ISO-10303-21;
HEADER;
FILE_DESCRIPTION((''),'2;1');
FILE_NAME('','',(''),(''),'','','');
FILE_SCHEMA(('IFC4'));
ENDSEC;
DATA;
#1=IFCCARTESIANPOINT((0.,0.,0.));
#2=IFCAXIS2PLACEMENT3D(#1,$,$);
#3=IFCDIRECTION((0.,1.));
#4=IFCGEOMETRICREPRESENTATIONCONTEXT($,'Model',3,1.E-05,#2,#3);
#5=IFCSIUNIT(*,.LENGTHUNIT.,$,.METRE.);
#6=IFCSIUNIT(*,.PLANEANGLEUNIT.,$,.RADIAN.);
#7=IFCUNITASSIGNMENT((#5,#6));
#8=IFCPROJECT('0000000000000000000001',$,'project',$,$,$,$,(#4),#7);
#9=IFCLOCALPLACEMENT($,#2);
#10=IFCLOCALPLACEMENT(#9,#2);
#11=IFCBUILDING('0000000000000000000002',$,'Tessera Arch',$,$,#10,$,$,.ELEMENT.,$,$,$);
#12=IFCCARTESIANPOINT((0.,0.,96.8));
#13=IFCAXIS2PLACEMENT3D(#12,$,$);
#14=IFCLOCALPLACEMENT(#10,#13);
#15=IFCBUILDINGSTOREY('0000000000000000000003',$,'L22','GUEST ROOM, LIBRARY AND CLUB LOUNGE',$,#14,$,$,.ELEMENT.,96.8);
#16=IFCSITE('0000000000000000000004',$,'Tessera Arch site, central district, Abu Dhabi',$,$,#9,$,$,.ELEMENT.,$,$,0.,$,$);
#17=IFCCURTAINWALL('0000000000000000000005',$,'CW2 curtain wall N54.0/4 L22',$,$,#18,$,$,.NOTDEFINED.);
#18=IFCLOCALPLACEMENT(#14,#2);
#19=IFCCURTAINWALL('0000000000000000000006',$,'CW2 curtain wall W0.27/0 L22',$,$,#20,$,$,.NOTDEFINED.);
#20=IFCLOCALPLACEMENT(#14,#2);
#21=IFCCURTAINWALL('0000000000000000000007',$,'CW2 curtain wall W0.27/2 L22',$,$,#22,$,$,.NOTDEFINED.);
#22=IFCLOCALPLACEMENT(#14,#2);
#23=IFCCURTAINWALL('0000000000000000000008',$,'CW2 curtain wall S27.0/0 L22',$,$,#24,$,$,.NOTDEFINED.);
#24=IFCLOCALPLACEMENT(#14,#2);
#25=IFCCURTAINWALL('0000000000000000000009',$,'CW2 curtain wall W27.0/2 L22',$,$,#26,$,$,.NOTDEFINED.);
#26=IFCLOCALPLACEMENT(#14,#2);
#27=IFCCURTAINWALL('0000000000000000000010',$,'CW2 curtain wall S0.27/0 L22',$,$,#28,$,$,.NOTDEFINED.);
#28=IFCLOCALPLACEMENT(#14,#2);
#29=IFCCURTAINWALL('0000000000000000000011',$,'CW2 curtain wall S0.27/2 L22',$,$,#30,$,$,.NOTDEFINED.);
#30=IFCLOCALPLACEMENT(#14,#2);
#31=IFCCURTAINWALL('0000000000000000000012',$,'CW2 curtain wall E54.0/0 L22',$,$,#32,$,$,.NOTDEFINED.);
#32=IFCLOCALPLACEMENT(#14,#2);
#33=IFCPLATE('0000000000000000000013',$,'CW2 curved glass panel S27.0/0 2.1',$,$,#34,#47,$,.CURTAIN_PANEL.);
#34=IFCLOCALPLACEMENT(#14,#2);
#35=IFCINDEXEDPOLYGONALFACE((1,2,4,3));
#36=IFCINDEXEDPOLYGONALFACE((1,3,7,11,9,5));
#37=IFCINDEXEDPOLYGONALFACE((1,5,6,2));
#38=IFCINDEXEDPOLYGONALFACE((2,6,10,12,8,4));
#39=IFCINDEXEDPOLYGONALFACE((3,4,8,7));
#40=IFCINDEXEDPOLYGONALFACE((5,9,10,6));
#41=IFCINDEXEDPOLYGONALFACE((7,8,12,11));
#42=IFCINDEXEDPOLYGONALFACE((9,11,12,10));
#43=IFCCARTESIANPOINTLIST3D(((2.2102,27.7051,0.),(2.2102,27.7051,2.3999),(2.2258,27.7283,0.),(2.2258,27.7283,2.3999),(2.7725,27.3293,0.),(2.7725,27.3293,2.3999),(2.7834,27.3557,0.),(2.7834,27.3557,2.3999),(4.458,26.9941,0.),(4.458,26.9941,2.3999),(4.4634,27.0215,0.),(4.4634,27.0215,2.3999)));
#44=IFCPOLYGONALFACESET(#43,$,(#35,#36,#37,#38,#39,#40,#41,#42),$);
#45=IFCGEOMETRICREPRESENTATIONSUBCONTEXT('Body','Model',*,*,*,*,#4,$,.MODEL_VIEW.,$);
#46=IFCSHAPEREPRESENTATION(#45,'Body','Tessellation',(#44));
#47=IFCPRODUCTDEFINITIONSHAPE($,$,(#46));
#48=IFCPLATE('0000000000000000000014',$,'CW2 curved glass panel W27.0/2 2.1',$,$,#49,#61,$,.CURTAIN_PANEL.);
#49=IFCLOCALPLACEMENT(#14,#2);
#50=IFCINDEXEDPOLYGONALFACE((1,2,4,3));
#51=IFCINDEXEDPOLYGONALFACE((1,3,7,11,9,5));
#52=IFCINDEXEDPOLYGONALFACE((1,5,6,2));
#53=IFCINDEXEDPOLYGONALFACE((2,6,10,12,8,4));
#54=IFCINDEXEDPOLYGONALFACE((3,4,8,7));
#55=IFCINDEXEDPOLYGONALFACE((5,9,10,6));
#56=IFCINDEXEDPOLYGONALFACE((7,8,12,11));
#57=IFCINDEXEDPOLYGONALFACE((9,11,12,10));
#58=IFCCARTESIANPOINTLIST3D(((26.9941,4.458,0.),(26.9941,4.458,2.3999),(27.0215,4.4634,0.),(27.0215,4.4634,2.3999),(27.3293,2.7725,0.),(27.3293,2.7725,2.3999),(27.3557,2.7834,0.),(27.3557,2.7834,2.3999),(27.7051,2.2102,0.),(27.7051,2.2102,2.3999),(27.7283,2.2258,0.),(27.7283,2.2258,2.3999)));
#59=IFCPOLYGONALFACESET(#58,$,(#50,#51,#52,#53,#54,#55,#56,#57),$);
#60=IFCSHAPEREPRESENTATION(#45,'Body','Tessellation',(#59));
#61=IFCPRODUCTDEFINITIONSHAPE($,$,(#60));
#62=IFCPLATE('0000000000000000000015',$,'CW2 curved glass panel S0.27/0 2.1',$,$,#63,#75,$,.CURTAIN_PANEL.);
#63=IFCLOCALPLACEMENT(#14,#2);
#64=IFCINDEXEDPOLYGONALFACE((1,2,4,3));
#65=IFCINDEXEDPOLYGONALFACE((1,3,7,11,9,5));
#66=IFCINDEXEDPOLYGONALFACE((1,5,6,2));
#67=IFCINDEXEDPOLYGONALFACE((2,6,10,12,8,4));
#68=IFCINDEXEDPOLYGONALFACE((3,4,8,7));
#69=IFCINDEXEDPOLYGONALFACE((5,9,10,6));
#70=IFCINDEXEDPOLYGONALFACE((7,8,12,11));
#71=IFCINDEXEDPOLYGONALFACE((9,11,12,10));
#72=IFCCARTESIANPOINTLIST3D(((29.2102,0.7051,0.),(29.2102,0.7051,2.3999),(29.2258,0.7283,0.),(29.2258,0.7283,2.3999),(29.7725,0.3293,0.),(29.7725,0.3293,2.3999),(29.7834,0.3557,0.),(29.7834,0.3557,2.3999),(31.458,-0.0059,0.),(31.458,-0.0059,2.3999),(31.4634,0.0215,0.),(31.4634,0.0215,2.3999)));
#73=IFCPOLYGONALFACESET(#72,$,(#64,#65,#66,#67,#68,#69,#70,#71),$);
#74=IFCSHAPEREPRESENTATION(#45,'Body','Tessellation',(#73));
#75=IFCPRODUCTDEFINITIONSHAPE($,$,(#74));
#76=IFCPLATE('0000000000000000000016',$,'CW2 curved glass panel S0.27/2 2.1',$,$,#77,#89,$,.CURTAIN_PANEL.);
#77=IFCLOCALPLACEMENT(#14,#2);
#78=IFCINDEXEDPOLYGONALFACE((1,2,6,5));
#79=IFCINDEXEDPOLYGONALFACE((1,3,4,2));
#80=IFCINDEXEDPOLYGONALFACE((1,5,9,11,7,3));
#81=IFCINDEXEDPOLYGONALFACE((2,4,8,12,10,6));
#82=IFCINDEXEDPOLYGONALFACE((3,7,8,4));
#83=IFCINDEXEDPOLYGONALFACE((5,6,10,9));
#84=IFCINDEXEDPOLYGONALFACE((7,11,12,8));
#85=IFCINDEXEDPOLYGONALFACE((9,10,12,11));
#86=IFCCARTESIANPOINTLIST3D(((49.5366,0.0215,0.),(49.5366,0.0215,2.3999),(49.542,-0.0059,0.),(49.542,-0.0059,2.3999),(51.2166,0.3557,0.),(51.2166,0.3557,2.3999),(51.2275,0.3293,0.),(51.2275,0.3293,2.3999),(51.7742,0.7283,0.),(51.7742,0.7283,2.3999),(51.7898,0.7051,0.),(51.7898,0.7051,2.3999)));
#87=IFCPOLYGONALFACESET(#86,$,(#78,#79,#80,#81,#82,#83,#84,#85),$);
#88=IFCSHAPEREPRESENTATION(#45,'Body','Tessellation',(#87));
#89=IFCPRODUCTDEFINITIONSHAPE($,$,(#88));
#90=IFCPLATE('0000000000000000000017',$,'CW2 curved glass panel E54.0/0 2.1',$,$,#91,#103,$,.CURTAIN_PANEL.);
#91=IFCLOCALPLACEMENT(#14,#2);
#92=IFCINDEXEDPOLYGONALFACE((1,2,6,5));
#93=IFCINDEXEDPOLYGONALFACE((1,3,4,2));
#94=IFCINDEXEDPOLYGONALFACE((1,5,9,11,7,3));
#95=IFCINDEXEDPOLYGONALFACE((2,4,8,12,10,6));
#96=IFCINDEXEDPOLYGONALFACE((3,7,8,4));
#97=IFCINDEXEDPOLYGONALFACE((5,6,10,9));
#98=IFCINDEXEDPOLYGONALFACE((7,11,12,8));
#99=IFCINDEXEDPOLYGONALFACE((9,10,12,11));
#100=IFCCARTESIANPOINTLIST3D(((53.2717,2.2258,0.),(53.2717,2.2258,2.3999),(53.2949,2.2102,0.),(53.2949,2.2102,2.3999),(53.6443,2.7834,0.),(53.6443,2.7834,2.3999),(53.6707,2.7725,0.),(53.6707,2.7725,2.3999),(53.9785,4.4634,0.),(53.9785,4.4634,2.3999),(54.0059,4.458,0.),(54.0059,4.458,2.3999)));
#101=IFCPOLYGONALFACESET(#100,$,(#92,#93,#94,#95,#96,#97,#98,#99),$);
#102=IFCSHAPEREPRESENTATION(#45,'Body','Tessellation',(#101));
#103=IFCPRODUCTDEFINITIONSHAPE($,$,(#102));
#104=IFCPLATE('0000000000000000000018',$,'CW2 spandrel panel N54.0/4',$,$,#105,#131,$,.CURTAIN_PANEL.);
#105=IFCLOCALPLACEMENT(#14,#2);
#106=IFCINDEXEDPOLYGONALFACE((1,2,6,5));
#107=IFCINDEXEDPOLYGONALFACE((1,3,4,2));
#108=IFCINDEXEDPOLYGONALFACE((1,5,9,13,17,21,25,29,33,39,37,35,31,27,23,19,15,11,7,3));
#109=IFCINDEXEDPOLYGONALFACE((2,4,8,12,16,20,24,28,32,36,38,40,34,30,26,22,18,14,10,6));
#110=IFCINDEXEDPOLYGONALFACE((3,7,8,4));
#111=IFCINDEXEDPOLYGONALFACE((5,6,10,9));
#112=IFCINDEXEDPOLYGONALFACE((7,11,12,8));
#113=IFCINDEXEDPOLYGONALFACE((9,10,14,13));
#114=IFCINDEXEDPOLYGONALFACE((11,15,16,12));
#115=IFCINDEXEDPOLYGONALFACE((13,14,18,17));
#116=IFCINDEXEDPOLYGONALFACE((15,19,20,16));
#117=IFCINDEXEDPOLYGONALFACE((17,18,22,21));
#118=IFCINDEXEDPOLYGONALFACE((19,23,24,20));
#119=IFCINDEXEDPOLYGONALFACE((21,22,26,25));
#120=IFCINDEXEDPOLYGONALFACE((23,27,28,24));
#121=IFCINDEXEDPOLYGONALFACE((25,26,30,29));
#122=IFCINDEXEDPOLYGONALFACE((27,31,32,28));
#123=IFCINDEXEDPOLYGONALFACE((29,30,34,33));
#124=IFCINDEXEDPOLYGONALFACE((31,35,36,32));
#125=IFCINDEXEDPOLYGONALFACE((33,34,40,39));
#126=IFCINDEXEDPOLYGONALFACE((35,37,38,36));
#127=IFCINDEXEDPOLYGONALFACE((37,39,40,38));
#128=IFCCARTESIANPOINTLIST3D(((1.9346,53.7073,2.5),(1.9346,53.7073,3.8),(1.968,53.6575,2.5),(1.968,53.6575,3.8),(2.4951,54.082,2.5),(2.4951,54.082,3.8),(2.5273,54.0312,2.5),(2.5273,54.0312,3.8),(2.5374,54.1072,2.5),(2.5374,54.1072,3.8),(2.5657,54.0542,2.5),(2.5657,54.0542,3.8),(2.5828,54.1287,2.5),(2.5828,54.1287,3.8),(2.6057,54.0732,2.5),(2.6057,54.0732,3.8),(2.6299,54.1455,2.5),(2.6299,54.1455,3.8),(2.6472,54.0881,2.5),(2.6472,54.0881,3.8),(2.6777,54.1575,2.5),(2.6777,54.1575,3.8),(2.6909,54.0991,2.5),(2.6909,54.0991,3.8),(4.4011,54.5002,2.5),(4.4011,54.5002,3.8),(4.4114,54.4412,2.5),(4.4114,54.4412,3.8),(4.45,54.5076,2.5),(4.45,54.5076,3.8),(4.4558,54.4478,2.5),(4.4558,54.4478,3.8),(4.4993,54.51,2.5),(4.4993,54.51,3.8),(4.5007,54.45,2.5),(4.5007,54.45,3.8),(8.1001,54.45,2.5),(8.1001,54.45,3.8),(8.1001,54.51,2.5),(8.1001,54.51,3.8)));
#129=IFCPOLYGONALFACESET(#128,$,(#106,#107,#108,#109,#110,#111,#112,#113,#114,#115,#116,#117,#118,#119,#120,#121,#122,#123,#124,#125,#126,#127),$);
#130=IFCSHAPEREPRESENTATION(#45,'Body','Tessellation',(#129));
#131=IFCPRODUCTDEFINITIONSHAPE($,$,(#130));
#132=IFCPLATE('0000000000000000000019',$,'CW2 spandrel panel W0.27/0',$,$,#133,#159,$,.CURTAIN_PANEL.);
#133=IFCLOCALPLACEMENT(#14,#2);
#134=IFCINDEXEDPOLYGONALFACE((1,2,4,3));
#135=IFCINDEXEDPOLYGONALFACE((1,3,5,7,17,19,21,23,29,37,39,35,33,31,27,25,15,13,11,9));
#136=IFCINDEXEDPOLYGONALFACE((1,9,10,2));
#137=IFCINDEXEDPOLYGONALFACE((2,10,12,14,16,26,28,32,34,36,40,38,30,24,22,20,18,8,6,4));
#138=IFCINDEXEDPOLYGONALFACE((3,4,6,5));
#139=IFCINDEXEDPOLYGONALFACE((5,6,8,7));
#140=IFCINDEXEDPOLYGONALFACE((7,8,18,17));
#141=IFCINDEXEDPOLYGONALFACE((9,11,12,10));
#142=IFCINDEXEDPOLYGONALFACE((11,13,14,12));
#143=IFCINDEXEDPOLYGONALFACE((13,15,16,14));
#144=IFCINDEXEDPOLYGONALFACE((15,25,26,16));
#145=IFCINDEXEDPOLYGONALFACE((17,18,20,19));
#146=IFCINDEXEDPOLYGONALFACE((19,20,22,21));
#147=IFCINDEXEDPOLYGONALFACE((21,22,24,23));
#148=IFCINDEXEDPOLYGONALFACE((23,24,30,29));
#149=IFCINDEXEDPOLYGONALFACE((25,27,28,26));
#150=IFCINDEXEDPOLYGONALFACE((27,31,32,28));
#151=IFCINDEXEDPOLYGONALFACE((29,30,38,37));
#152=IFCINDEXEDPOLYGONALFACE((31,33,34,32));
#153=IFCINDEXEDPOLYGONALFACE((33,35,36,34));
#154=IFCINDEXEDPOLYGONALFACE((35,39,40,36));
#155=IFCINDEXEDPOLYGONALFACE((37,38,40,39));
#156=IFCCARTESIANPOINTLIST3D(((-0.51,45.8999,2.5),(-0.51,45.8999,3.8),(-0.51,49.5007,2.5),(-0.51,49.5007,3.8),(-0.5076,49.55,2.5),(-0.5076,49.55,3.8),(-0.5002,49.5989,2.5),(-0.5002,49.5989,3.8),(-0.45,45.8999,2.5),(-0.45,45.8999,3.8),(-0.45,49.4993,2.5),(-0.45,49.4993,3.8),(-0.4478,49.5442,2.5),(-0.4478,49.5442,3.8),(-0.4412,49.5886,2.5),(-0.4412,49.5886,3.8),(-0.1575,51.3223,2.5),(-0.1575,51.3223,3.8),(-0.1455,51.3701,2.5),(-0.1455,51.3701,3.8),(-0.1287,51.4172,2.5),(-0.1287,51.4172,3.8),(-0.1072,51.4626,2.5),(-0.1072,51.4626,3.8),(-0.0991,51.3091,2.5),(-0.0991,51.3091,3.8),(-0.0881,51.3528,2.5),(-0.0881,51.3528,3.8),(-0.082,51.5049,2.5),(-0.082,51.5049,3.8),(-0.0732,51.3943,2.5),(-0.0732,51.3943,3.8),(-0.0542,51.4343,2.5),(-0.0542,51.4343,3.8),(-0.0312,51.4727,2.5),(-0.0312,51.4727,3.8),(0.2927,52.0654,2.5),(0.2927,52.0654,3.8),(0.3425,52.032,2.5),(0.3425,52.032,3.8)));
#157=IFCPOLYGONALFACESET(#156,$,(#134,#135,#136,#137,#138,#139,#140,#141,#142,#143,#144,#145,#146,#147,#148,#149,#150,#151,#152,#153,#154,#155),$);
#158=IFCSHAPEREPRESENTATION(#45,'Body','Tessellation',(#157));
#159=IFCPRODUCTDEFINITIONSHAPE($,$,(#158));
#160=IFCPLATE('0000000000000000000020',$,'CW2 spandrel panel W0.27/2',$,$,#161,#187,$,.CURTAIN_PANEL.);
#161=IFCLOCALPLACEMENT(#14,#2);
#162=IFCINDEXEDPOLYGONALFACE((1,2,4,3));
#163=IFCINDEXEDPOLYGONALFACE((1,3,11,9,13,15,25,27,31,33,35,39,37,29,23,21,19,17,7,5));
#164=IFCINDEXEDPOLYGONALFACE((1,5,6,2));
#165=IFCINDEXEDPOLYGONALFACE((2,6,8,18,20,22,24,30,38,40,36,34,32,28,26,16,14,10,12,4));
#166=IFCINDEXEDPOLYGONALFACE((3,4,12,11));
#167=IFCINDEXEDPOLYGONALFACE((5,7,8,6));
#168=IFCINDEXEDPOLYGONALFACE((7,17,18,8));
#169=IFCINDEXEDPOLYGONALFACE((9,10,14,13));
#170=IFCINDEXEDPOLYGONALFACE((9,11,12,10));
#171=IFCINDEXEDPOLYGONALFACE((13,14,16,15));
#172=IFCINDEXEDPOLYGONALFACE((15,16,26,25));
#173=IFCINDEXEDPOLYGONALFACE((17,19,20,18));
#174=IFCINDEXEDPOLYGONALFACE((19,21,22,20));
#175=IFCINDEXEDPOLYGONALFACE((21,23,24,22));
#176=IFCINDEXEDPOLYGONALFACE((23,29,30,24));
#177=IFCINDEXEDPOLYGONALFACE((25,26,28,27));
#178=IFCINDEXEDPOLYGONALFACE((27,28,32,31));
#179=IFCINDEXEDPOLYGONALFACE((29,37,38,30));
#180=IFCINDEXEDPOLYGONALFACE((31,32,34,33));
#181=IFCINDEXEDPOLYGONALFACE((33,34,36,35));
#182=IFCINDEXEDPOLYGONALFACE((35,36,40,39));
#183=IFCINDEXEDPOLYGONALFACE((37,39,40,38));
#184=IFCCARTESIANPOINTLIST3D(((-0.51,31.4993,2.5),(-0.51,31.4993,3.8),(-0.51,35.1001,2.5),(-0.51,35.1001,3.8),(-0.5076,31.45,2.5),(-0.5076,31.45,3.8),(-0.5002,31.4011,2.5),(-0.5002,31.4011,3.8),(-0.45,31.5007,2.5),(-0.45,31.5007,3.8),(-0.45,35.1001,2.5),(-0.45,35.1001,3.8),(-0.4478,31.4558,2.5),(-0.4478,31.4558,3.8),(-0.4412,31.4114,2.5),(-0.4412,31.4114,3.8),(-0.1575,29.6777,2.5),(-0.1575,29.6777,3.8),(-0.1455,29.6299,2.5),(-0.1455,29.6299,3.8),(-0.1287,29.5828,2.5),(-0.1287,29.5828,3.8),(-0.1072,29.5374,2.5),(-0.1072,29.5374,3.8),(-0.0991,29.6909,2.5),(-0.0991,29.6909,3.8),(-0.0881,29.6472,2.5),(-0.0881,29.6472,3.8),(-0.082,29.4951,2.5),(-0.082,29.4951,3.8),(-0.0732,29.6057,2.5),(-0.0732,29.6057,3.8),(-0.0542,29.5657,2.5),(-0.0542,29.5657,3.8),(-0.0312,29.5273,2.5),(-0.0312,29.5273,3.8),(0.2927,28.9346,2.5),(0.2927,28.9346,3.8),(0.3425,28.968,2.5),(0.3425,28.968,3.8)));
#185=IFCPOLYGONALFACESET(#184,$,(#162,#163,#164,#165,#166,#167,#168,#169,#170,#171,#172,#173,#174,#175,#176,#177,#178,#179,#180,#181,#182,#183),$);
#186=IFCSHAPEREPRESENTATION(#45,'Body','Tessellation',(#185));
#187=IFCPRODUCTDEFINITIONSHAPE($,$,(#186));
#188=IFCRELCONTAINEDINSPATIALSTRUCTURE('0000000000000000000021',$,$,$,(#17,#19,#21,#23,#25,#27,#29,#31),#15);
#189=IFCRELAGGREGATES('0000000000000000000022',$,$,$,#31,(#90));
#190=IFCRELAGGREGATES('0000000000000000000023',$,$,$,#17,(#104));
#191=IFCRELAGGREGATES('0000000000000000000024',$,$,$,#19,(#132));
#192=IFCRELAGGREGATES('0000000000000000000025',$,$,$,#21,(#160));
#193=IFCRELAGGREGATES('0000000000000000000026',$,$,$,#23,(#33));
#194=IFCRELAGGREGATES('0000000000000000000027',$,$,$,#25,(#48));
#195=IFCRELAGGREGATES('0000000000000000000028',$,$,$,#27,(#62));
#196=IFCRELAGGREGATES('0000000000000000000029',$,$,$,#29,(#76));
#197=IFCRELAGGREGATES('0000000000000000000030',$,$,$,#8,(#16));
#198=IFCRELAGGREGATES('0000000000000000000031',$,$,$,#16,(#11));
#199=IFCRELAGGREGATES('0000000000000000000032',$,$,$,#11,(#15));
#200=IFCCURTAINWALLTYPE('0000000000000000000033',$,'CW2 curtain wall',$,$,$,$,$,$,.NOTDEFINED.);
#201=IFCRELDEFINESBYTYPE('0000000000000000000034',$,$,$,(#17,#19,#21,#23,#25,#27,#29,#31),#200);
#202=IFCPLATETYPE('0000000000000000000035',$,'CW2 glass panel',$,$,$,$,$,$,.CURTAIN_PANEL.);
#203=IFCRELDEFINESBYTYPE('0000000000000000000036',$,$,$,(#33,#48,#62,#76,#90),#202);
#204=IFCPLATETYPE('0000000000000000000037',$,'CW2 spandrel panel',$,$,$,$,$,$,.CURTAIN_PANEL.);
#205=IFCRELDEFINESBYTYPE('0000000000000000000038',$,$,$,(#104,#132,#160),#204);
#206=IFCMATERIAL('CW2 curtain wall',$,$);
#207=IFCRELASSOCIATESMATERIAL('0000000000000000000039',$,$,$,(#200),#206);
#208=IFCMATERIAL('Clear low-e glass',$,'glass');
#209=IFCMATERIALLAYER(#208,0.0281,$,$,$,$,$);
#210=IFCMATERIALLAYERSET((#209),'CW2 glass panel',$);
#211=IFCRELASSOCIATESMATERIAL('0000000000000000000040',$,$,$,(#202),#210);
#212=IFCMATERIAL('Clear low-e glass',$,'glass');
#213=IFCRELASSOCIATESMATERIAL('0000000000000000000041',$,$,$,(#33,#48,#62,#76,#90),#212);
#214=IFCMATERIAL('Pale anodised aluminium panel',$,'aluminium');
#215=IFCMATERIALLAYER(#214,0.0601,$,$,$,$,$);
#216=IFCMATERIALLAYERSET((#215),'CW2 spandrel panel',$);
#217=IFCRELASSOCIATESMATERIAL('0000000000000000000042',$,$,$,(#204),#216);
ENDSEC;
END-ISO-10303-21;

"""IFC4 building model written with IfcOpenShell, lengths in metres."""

from ifc_helpers import new_model, si_unit, direction, frame, origin, place, context, subcontext, project, spatial, polyline, outline, extrude, material, layer, layer_set, type_object, element, aggregate, save


model = new_model("IFC4")

# Units and contexts
model_context = context("Model", 3, precision=1e-05, world=origin(), true_north=direction((0.0, 1.0)))
body_context = subcontext(model_context, "Body", "Model", "MODEL_VIEW")
ifc_project = project(units=[si_unit("LENGTHUNIT", "METRE"), si_unit("PLANEANGLEUNIT", "RADIAN")], contexts=[model_context])

# Site, building, storey
site_placement = place(None, origin())
site = spatial("IfcSite", under=ifc_project, at=site_placement, Name="Tessera Arch site, central district, Abu Dhabi", CompositionType="ELEMENT", RefElevation=0.0)
building_placement = place(site_placement, origin())
building = spatial("IfcBuilding", under=site, at=building_placement, Name="Tessera Arch", CompositionType="ELEMENT")
storey_placement = place(building_placement, frame((0.0, 0.0, 96.8)))
storey = spatial("IfcBuildingStorey", under=building, at=storey_placement, Name="L22", Description="GUEST ROOM, LIBRARY AND CLUB LOUNGE", CompositionType="ELEMENT", Elevation=96.8)

# Curtain walls
ifc_material_1 = material(Name="CW2 curtain wall")
curtain_wall_type = type_object("IfcCurtainWallType", Name="CW2 curtain wall", PredefinedType="NOTDEFINED", material=ifc_material_1)
curtain_wall_1_placement = place(storey_placement, origin())
curtain_wall_1 = element("IfcCurtainWall", 1, at=curtain_wall_1_placement, inside=storey, type_object=curtain_wall_type, Name="CW2 curtain wall N54.0/4 L22", PredefinedType="NOTDEFINED")
curtain_wall_2_placement = place(storey_placement, origin())
curtain_wall_2 = element("IfcCurtainWall", 2, at=curtain_wall_2_placement, inside=storey, type_object=curtain_wall_type, Name="CW2 curtain wall W0.27/0 L22", PredefinedType="NOTDEFINED")
curtain_wall_3_placement = place(storey_placement, origin())
curtain_wall_3 = element("IfcCurtainWall", 3, at=curtain_wall_3_placement, inside=storey, type_object=curtain_wall_type, Name="CW2 curtain wall W0.27/2 L22", PredefinedType="NOTDEFINED")
curtain_wall_4_placement = place(storey_placement, origin())
curtain_wall_4 = element("IfcCurtainWall", 4, at=curtain_wall_4_placement, inside=storey, type_object=curtain_wall_type, Name="CW2 curtain wall S27.0/0 L22", PredefinedType="NOTDEFINED")
curtain_wall_5_placement = place(storey_placement, origin())
curtain_wall_5 = element("IfcCurtainWall", 5, at=curtain_wall_5_placement, inside=storey, type_object=curtain_wall_type, Name="CW2 curtain wall W27.0/2 L22", PredefinedType="NOTDEFINED")
curtain_wall_6_placement = place(storey_placement, origin())
curtain_wall_6 = element("IfcCurtainWall", 6, at=curtain_wall_6_placement, inside=storey, type_object=curtain_wall_type, Name="CW2 curtain wall S0.27/0 L22", PredefinedType="NOTDEFINED")
curtain_wall_7_placement = place(storey_placement, origin())
curtain_wall_7 = element("IfcCurtainWall", 7, at=curtain_wall_7_placement, inside=storey, type_object=curtain_wall_type, Name="CW2 curtain wall S0.27/2 L22", PredefinedType="NOTDEFINED")
curtain_wall_8_placement = place(storey_placement, origin())
curtain_wall_8 = element("IfcCurtainWall", 8, at=curtain_wall_8_placement, inside=storey, type_object=curtain_wall_type, Name="CW2 curtain wall E54.0/0 L22", PredefinedType="NOTDEFINED")

# Plates
ifc_material_2 = material(Name="Clear low-e glass", Category="glass")
ifc_material_3 = material(Name="Clear low-e glass", Category="glass")
ifc_layer_1 = layer(ifc_material_3, 0.0281)
ifc_layer_set_1 = layer_set([ifc_layer_1], Name="CW2 glass panel")
plate_type_1 = type_object("IfcPlateType", Name="CW2 glass panel", PredefinedType="CURTAIN_PANEL", material=ifc_layer_set_1)
plate_1_placement = place(storey_placement, origin())
plate_1 = element("IfcPlate", 9, at=plate_1_placement, type_object=plate_type_1, material=ifc_material_2, Name="CW2 curved glass panel S27.0/0 2.1", PredefinedType="CURTAIN_PANEL", context=body_context, shape_type="SweptSolid", body=[
    extrude(outline(polyline([(2.7834, 27.3557), (2.2258, 27.7283), (2.2102, 27.7051), (2.7725, 27.3293), (4.458, 26.9941), (4.4634, 27.0215), (2.7834, 27.3557)])), origin(), (0.0, 0.0, 1.0), 2.3999),
])
plate_2_placement = place(storey_placement, origin())
plate_2 = element("IfcPlate", 10, at=plate_2_placement, type_object=plate_type_1, material=ifc_material_2, Name="CW2 curved glass panel W27.0/2 2.1", PredefinedType="CURTAIN_PANEL", context=body_context, shape_type="SweptSolid", body=[
    extrude(outline(polyline([(27.3557, 2.7834), (27.0215, 4.4634), (26.9941, 4.458), (27.3293, 2.7725), (27.7051, 2.2102), (27.7283, 2.2258), (27.3557, 2.7834)])), origin(), (0.0, 0.0, 1.0), 2.3999),
])
plate_3_placement = place(storey_placement, origin())
plate_3 = element("IfcPlate", 11, at=plate_3_placement, type_object=plate_type_1, material=ifc_material_2, Name="CW2 curved glass panel S0.27/0 2.1", PredefinedType="CURTAIN_PANEL", context=body_context, shape_type="SweptSolid", body=[
    extrude(outline(polyline([(29.7834, 0.3557), (29.2258, 0.7283), (29.2102, 0.7051), (29.7725, 0.3293), (31.458, -0.0059), (31.4634, 0.0215), (29.7834, 0.3557)])), origin(), (0.0, 0.0, 1.0), 2.3999),
])
plate_4_placement = place(storey_placement, origin())
plate_4 = element("IfcPlate", 12, at=plate_4_placement, type_object=plate_type_1, material=ifc_material_2, Name="CW2 curved glass panel S0.27/2 2.1", PredefinedType="CURTAIN_PANEL", context=body_context, shape_type="SweptSolid", body=[
    extrude(outline(polyline([(51.2166, 0.3557), (49.5366, 0.0215), (49.542, -0.0059), (51.2275, 0.3293), (51.7898, 0.7051), (51.7742, 0.7283), (51.2166, 0.3557)])), origin(), (0.0, 0.0, 1.0), 2.3999),
])
plate_5_placement = place(storey_placement, origin())
plate_5 = element("IfcPlate", 13, at=plate_5_placement, type_object=plate_type_1, material=ifc_material_2, Name="CW2 curved glass panel E54.0/0 2.1", PredefinedType="CURTAIN_PANEL", context=body_context, shape_type="SweptSolid", body=[
    extrude(outline(polyline([(53.6443, 2.7834), (53.2717, 2.2258), (53.2949, 2.2102), (53.6707, 2.7725), (54.0059, 4.458), (53.9785, 4.4634), (53.6443, 2.7834)])), origin(), (0.0, 0.0, 1.0), 2.3999),
])
aggregate(curtain_wall_8, [plate_5])
ifc_material_4 = material(Name="Pale anodised aluminium panel", Category="aluminium")
ifc_layer_2 = layer(ifc_material_4, 0.0601)
ifc_layer_set_2 = layer_set([ifc_layer_2], Name="CW2 spandrel panel")
plate_type_2 = type_object("IfcPlateType", Name="CW2 spandrel panel", PredefinedType="CURTAIN_PANEL", material=ifc_layer_set_2)
plate_6_placement = place(storey_placement, frame((0.0, 0.0, 2.5)))
plate_6 = element("IfcPlate", 14, at=plate_6_placement, type_object=plate_type_2, Name="CW2 spandrel panel N54.0/4", PredefinedType="CURTAIN_PANEL", context=body_context, shape_type="SweptSolid", body=[
    extrude(outline(polyline([(4.5007, 54.45), (8.1001, 54.45), (8.1001, 54.51), (4.4993, 54.51), (4.45, 54.5076), (4.4011, 54.5002), (2.6777, 54.1575), (2.6299, 54.1455), (2.5828, 54.1287), (2.5374, 54.1072), (2.4951, 54.082), (1.9346, 53.7073), (1.968, 53.6575), (2.5273, 54.0312), (2.5657, 54.0542), (2.6057, 54.0732), (2.6472, 54.0881), (2.6909, 54.0991), (4.4114, 54.4412), (4.4558, 54.4478), (4.5007, 54.45)])), origin(), (0.0, 0.0, 1.0), 1.3),
])
aggregate(curtain_wall_1, [plate_6])
plate_7_placement = place(storey_placement, frame((0.0, 0.0, 2.5)))
plate_7 = element("IfcPlate", 15, at=plate_7_placement, type_object=plate_type_2, Name="CW2 spandrel panel W0.27/0", PredefinedType="CURTAIN_PANEL", context=body_context, shape_type="SweptSolid", body=[
    extrude(outline(polyline([(-0.0312, 51.4727), (0.3425, 52.032), (0.2927, 52.0654), (-0.082, 51.5049), (-0.1072, 51.4626), (-0.1287, 51.4172), (-0.1455, 51.3701), (-0.1575, 51.3223), (-0.5002, 49.5989), (-0.5076, 49.55), (-0.51, 49.5007), (-0.51, 45.8999), (-0.45, 45.8999), (-0.45, 49.4993), (-0.4478, 49.5442), (-0.4412, 49.5886), (-0.0991, 51.3091), (-0.0881, 51.3528), (-0.0732, 51.3943), (-0.0542, 51.4343), (-0.0312, 51.4727)])), origin(), (0.0, 0.0, 1.0), 1.3),
])
aggregate(curtain_wall_2, [plate_7])
plate_8_placement = place(storey_placement, frame((0.0, 0.0, 2.5)))
plate_8 = element("IfcPlate", 16, at=plate_8_placement, type_object=plate_type_2, Name="CW2 spandrel panel W0.27/2", PredefinedType="CURTAIN_PANEL", context=body_context, shape_type="SweptSolid", body=[
    extrude(outline(polyline([(-0.45, 31.5007), (-0.45, 35.1001), (-0.51, 35.1001), (-0.51, 31.4993), (-0.5076, 31.45), (-0.5002, 31.4011), (-0.1575, 29.6777), (-0.1455, 29.6299), (-0.1287, 29.5828), (-0.1072, 29.5374), (-0.082, 29.4951), (0.2927, 28.9346), (0.3425, 28.968), (-0.0312, 29.5273), (-0.0542, 29.5657), (-0.0732, 29.6057), (-0.0881, 29.6472), (-0.0991, 29.6909), (-0.4412, 31.4114), (-0.4478, 31.4558), (-0.45, 31.5007)])), origin(), (0.0, 0.0, 1.0), 1.3),
])
aggregate(curtain_wall_3, [plate_8])
aggregate(curtain_wall_4, [plate_1])
aggregate(curtain_wall_5, [plate_2])
aggregate(curtain_wall_6, [plate_3])
aggregate(curtain_wall_7, [plate_4])

save(model, "model.ifc")
